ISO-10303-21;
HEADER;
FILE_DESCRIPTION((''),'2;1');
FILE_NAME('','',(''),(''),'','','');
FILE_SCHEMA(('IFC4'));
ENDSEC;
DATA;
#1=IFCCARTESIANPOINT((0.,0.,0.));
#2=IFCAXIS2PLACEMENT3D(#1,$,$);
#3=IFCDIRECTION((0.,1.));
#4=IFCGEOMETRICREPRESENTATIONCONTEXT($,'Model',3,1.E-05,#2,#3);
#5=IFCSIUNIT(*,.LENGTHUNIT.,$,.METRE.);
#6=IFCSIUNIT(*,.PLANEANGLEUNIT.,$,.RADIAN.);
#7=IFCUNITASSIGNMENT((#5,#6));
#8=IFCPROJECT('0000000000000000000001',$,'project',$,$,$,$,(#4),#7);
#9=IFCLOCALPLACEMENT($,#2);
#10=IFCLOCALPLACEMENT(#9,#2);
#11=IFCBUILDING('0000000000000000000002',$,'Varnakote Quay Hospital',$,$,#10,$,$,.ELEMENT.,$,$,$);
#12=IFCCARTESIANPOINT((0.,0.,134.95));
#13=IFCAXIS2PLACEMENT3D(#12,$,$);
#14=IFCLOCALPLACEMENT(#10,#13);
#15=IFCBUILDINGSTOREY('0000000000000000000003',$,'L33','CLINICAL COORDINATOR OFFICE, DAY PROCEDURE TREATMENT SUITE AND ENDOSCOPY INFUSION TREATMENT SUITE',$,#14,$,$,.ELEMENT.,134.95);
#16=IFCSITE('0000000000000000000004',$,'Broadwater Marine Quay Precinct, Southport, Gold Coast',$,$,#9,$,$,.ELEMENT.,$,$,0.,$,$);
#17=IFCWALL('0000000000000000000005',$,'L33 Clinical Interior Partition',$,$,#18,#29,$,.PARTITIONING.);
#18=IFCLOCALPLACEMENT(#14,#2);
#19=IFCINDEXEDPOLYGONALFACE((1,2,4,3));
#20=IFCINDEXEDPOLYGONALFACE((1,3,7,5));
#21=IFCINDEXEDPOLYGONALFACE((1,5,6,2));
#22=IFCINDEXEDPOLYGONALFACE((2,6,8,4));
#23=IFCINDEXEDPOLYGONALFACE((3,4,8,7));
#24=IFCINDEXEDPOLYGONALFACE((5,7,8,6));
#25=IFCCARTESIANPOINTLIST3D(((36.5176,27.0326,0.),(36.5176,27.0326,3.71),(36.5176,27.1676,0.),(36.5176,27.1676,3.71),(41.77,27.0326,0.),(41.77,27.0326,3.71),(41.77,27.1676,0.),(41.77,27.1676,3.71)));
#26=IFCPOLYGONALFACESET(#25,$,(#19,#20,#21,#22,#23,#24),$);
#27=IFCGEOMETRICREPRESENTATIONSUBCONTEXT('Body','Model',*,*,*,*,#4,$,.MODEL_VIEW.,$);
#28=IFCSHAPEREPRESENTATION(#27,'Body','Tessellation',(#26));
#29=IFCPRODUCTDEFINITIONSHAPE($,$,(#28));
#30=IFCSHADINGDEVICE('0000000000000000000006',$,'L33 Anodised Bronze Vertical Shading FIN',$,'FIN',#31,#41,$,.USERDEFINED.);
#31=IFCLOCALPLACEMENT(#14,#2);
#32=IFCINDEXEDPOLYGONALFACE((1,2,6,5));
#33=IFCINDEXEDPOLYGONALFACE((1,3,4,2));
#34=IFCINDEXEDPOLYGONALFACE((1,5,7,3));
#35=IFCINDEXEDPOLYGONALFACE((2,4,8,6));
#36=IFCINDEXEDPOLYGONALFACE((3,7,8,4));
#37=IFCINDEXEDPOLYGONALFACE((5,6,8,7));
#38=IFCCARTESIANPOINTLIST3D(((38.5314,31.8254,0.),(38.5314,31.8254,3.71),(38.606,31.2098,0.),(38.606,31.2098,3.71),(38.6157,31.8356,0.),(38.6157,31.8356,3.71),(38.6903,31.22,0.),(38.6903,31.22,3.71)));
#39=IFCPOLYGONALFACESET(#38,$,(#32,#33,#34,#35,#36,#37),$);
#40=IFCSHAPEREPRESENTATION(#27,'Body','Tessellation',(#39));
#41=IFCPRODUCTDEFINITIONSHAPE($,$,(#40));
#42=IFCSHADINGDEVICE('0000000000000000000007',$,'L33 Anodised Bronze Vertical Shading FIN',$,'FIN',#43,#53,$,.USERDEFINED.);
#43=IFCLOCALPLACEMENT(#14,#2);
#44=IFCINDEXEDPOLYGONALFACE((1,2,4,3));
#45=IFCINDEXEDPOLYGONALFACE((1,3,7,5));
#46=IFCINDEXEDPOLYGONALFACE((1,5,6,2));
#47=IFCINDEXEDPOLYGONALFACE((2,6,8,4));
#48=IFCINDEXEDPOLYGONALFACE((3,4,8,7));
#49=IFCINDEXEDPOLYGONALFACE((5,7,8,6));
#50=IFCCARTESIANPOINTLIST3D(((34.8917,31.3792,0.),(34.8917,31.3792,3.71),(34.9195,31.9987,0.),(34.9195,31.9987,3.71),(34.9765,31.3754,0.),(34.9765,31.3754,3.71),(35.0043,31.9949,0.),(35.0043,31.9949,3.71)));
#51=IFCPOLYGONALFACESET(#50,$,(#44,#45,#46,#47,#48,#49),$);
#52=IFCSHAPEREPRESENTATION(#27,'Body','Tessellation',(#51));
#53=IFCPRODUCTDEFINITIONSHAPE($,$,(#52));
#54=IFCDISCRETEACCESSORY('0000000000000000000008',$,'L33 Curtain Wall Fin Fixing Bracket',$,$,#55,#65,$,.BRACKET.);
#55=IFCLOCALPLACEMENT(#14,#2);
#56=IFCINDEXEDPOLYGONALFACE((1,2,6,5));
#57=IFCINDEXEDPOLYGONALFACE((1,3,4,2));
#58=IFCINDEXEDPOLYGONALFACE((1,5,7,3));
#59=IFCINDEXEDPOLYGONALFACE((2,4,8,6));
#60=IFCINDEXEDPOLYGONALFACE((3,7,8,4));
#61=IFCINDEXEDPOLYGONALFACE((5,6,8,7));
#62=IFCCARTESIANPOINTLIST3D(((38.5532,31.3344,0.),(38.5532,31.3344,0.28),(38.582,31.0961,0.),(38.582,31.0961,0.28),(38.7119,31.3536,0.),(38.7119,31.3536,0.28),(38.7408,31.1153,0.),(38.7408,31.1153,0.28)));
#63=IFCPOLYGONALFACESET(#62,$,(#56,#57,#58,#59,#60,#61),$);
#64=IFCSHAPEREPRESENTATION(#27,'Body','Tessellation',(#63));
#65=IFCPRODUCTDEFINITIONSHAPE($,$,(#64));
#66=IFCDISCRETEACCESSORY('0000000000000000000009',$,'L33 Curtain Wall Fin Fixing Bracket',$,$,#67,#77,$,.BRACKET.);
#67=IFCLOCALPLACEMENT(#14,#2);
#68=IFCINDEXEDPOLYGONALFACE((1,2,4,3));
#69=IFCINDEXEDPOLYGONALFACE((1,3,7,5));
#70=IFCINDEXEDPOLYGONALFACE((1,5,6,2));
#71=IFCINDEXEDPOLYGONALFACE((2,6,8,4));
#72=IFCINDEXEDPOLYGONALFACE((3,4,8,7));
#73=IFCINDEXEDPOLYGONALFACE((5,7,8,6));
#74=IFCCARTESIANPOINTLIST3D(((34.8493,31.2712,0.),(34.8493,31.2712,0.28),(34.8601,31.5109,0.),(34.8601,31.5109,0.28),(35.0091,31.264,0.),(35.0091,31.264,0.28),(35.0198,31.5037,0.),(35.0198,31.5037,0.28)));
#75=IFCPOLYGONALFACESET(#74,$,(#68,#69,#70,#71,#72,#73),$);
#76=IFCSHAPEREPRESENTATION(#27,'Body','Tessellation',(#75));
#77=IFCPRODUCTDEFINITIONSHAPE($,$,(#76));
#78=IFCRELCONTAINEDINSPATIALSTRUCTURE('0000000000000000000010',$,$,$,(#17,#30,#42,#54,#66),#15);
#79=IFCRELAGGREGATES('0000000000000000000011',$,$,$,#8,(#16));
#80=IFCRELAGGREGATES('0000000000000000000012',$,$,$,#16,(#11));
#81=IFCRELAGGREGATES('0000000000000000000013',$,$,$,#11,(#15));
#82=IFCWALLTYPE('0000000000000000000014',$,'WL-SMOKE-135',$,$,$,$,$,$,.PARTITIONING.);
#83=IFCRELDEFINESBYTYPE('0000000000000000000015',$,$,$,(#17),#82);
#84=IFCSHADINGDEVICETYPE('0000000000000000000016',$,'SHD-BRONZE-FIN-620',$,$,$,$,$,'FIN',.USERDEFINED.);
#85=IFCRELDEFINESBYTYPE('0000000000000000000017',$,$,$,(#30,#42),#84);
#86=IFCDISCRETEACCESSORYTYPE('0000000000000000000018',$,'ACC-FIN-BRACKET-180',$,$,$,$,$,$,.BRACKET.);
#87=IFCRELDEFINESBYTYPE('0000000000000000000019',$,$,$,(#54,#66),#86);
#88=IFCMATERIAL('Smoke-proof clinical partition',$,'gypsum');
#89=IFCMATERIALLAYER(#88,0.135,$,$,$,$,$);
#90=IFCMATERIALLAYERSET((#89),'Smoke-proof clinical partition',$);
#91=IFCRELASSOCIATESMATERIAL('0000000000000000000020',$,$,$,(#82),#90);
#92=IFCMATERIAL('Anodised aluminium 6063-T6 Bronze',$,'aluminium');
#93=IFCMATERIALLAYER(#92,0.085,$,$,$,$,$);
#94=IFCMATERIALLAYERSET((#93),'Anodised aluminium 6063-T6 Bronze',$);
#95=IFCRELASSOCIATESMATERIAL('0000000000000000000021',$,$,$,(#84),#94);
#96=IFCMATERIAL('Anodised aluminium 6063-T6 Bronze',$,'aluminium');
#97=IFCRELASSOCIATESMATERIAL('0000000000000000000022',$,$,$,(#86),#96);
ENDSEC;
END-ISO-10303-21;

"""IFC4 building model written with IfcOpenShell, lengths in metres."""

from ifc_helpers import new_model, si_unit, direction, frame, frame_2d, origin, origin_2d, place, context, subcontext, project, spatial, rectangle, extrude, material, layer, layer_set, type_object, element, save


model = new_model("IFC4")

# Units and contexts
model_context = context("Model", 3, precision=1e-05, world=origin(), true_north=direction((0.0, 1.0)))
body_context = subcontext(model_context, "Body", "Model", "MODEL_VIEW")
ifc_project = project(units=[si_unit("LENGTHUNIT", "METRE"), si_unit("PLANEANGLEUNIT", "RADIAN")], contexts=[model_context])

# Site, building, storey
site_placement = place(None, origin())
site = spatial("IfcSite", under=ifc_project, at=site_placement, Name="Broadwater Marine Quay Precinct, Southport, Gold Coast", CompositionType="ELEMENT", RefElevation=0.0)
building_placement = place(site_placement, origin())
building = spatial("IfcBuilding", under=site, at=building_placement, Name="Varnakote Quay Hospital", CompositionType="ELEMENT")
storey_placement = place(building_placement, frame((0.0, 0.0, 134.95)))
storey = spatial("IfcBuildingStorey", under=building, at=storey_placement, Name="L33", Description="CLINICAL COORDINATOR OFFICE, DAY PROCEDURE TREATMENT SUITE AND ENDOSCOPY INFUSION TREATMENT SUITE", CompositionType="ELEMENT", Elevation=134.95)

# Shared definitions
ifc_material_1 = material(Name="Smoke-proof clinical partition", Category="gypsum")
ifc_layer_1 = layer(ifc_material_1, 0.135)
ifc_layer_set_1 = layer_set([ifc_layer_1], Name="Smoke-proof clinical partition")
wall_type = type_object("IfcWallType", Name="WL-SMOKE-135", PredefinedType="PARTITIONING", material=ifc_layer_set_1)

# Wall
wall_1_placement = place(storey_placement, frame((41.77, 27.1001, 0.0), z_axis=(0.0, 0.0, 1.0), x_axis=(-1.0, 0.0, 0.0)))
element("IfcWall", 1, at=wall_1_placement, inside=storey, type_object=wall_type, Name="L33 Clinical Interior Partition", PredefinedType="PARTITIONING", context=body_context, shape_type="SweptSolid", body=[
    extrude(rectangle(XDim=5.2524, YDim=0.135, at=frame_2d((2.6262, 0.0))), origin(), (0.0, 0.0, 1.0), 3.71),
])

# Shading devices
ifc_material_2 = material(Name="Anodised aluminium 6063-T6 Bronze", Category="aluminium")
ifc_layer_2 = layer(ifc_material_2, 0.085)
ifc_layer_set_2 = layer_set([ifc_layer_2], Name="Anodised aluminium 6063-T6 Bronze")
shading_device_type = type_object("IfcShadingDeviceType", Name="SHD-BRONZE-FIN-620", ElementType="FIN", PredefinedType="USERDEFINED", material=ifc_layer_set_2)
for number, where, z_axis, x_axis, name in (
    (2, (38.6108, 31.5227, 0.0), (0.0, 0.0, 1.0), (0.12031, -0.992736, 0.0), "L33 Anodised Bronze Vertical Shading FIN"),
    (3, (34.948, 31.687, 0.0), (0.0, 0.0, 1.0), (-0.04484, -0.998994, 0.0), "L33 Anodised Bronze Vertical Shading FIN"),
):
    element("IfcShadingDevice", number, at=place(storey_placement, frame(where, z_axis=z_axis, x_axis=x_axis)), inside=storey, type_object=shading_device_type, Name=name, ObjectType="FIN", PredefinedType="USERDEFINED", context=body_context, shape_type="SweptSolid", body=[
        extrude(rectangle(XDim=0.6201, YDim=0.085, at=origin_2d()), origin(), (0.0, 0.0, 1.0), 3.71),
    ])

# Discrete accessories
ifc_material_3 = material(Name="Anodised aluminium 6063-T6 Bronze", Category="aluminium")
discrete_accessory_type = type_object("IfcDiscreteAccessoryType", Name="ACC-FIN-BRACKET-180", PredefinedType="BRACKET", material=ifc_material_3)
for number, where, z_axis, x_axis, name in (
    (4, (38.647, 31.2249, 0.0), (0.0, 0.0, 1.0), (-0.992736, -0.12031, 0.0), "L33 Curtain Wall Fin Fixing Bracket"),
    (5, (34.9346, 31.3875, 0.0), (0.0, 0.0, 1.0), (-0.998994, 0.04484, 0.0), "L33 Curtain Wall Fin Fixing Bracket"),
):
    element("IfcDiscreteAccessory", number, at=place(storey_placement, frame(where, z_axis=z_axis, x_axis=x_axis)), inside=storey, type_object=discrete_accessory_type, Name=name, PredefinedType="BRACKET", context=body_context, shape_type="SweptSolid", body=[
        extrude(rectangle(XDim=0.1599, YDim=0.24, at=origin_2d()), origin(), (0.0, 0.0, 1.0), 0.28),
    ])

save(model, "model.ifc")
